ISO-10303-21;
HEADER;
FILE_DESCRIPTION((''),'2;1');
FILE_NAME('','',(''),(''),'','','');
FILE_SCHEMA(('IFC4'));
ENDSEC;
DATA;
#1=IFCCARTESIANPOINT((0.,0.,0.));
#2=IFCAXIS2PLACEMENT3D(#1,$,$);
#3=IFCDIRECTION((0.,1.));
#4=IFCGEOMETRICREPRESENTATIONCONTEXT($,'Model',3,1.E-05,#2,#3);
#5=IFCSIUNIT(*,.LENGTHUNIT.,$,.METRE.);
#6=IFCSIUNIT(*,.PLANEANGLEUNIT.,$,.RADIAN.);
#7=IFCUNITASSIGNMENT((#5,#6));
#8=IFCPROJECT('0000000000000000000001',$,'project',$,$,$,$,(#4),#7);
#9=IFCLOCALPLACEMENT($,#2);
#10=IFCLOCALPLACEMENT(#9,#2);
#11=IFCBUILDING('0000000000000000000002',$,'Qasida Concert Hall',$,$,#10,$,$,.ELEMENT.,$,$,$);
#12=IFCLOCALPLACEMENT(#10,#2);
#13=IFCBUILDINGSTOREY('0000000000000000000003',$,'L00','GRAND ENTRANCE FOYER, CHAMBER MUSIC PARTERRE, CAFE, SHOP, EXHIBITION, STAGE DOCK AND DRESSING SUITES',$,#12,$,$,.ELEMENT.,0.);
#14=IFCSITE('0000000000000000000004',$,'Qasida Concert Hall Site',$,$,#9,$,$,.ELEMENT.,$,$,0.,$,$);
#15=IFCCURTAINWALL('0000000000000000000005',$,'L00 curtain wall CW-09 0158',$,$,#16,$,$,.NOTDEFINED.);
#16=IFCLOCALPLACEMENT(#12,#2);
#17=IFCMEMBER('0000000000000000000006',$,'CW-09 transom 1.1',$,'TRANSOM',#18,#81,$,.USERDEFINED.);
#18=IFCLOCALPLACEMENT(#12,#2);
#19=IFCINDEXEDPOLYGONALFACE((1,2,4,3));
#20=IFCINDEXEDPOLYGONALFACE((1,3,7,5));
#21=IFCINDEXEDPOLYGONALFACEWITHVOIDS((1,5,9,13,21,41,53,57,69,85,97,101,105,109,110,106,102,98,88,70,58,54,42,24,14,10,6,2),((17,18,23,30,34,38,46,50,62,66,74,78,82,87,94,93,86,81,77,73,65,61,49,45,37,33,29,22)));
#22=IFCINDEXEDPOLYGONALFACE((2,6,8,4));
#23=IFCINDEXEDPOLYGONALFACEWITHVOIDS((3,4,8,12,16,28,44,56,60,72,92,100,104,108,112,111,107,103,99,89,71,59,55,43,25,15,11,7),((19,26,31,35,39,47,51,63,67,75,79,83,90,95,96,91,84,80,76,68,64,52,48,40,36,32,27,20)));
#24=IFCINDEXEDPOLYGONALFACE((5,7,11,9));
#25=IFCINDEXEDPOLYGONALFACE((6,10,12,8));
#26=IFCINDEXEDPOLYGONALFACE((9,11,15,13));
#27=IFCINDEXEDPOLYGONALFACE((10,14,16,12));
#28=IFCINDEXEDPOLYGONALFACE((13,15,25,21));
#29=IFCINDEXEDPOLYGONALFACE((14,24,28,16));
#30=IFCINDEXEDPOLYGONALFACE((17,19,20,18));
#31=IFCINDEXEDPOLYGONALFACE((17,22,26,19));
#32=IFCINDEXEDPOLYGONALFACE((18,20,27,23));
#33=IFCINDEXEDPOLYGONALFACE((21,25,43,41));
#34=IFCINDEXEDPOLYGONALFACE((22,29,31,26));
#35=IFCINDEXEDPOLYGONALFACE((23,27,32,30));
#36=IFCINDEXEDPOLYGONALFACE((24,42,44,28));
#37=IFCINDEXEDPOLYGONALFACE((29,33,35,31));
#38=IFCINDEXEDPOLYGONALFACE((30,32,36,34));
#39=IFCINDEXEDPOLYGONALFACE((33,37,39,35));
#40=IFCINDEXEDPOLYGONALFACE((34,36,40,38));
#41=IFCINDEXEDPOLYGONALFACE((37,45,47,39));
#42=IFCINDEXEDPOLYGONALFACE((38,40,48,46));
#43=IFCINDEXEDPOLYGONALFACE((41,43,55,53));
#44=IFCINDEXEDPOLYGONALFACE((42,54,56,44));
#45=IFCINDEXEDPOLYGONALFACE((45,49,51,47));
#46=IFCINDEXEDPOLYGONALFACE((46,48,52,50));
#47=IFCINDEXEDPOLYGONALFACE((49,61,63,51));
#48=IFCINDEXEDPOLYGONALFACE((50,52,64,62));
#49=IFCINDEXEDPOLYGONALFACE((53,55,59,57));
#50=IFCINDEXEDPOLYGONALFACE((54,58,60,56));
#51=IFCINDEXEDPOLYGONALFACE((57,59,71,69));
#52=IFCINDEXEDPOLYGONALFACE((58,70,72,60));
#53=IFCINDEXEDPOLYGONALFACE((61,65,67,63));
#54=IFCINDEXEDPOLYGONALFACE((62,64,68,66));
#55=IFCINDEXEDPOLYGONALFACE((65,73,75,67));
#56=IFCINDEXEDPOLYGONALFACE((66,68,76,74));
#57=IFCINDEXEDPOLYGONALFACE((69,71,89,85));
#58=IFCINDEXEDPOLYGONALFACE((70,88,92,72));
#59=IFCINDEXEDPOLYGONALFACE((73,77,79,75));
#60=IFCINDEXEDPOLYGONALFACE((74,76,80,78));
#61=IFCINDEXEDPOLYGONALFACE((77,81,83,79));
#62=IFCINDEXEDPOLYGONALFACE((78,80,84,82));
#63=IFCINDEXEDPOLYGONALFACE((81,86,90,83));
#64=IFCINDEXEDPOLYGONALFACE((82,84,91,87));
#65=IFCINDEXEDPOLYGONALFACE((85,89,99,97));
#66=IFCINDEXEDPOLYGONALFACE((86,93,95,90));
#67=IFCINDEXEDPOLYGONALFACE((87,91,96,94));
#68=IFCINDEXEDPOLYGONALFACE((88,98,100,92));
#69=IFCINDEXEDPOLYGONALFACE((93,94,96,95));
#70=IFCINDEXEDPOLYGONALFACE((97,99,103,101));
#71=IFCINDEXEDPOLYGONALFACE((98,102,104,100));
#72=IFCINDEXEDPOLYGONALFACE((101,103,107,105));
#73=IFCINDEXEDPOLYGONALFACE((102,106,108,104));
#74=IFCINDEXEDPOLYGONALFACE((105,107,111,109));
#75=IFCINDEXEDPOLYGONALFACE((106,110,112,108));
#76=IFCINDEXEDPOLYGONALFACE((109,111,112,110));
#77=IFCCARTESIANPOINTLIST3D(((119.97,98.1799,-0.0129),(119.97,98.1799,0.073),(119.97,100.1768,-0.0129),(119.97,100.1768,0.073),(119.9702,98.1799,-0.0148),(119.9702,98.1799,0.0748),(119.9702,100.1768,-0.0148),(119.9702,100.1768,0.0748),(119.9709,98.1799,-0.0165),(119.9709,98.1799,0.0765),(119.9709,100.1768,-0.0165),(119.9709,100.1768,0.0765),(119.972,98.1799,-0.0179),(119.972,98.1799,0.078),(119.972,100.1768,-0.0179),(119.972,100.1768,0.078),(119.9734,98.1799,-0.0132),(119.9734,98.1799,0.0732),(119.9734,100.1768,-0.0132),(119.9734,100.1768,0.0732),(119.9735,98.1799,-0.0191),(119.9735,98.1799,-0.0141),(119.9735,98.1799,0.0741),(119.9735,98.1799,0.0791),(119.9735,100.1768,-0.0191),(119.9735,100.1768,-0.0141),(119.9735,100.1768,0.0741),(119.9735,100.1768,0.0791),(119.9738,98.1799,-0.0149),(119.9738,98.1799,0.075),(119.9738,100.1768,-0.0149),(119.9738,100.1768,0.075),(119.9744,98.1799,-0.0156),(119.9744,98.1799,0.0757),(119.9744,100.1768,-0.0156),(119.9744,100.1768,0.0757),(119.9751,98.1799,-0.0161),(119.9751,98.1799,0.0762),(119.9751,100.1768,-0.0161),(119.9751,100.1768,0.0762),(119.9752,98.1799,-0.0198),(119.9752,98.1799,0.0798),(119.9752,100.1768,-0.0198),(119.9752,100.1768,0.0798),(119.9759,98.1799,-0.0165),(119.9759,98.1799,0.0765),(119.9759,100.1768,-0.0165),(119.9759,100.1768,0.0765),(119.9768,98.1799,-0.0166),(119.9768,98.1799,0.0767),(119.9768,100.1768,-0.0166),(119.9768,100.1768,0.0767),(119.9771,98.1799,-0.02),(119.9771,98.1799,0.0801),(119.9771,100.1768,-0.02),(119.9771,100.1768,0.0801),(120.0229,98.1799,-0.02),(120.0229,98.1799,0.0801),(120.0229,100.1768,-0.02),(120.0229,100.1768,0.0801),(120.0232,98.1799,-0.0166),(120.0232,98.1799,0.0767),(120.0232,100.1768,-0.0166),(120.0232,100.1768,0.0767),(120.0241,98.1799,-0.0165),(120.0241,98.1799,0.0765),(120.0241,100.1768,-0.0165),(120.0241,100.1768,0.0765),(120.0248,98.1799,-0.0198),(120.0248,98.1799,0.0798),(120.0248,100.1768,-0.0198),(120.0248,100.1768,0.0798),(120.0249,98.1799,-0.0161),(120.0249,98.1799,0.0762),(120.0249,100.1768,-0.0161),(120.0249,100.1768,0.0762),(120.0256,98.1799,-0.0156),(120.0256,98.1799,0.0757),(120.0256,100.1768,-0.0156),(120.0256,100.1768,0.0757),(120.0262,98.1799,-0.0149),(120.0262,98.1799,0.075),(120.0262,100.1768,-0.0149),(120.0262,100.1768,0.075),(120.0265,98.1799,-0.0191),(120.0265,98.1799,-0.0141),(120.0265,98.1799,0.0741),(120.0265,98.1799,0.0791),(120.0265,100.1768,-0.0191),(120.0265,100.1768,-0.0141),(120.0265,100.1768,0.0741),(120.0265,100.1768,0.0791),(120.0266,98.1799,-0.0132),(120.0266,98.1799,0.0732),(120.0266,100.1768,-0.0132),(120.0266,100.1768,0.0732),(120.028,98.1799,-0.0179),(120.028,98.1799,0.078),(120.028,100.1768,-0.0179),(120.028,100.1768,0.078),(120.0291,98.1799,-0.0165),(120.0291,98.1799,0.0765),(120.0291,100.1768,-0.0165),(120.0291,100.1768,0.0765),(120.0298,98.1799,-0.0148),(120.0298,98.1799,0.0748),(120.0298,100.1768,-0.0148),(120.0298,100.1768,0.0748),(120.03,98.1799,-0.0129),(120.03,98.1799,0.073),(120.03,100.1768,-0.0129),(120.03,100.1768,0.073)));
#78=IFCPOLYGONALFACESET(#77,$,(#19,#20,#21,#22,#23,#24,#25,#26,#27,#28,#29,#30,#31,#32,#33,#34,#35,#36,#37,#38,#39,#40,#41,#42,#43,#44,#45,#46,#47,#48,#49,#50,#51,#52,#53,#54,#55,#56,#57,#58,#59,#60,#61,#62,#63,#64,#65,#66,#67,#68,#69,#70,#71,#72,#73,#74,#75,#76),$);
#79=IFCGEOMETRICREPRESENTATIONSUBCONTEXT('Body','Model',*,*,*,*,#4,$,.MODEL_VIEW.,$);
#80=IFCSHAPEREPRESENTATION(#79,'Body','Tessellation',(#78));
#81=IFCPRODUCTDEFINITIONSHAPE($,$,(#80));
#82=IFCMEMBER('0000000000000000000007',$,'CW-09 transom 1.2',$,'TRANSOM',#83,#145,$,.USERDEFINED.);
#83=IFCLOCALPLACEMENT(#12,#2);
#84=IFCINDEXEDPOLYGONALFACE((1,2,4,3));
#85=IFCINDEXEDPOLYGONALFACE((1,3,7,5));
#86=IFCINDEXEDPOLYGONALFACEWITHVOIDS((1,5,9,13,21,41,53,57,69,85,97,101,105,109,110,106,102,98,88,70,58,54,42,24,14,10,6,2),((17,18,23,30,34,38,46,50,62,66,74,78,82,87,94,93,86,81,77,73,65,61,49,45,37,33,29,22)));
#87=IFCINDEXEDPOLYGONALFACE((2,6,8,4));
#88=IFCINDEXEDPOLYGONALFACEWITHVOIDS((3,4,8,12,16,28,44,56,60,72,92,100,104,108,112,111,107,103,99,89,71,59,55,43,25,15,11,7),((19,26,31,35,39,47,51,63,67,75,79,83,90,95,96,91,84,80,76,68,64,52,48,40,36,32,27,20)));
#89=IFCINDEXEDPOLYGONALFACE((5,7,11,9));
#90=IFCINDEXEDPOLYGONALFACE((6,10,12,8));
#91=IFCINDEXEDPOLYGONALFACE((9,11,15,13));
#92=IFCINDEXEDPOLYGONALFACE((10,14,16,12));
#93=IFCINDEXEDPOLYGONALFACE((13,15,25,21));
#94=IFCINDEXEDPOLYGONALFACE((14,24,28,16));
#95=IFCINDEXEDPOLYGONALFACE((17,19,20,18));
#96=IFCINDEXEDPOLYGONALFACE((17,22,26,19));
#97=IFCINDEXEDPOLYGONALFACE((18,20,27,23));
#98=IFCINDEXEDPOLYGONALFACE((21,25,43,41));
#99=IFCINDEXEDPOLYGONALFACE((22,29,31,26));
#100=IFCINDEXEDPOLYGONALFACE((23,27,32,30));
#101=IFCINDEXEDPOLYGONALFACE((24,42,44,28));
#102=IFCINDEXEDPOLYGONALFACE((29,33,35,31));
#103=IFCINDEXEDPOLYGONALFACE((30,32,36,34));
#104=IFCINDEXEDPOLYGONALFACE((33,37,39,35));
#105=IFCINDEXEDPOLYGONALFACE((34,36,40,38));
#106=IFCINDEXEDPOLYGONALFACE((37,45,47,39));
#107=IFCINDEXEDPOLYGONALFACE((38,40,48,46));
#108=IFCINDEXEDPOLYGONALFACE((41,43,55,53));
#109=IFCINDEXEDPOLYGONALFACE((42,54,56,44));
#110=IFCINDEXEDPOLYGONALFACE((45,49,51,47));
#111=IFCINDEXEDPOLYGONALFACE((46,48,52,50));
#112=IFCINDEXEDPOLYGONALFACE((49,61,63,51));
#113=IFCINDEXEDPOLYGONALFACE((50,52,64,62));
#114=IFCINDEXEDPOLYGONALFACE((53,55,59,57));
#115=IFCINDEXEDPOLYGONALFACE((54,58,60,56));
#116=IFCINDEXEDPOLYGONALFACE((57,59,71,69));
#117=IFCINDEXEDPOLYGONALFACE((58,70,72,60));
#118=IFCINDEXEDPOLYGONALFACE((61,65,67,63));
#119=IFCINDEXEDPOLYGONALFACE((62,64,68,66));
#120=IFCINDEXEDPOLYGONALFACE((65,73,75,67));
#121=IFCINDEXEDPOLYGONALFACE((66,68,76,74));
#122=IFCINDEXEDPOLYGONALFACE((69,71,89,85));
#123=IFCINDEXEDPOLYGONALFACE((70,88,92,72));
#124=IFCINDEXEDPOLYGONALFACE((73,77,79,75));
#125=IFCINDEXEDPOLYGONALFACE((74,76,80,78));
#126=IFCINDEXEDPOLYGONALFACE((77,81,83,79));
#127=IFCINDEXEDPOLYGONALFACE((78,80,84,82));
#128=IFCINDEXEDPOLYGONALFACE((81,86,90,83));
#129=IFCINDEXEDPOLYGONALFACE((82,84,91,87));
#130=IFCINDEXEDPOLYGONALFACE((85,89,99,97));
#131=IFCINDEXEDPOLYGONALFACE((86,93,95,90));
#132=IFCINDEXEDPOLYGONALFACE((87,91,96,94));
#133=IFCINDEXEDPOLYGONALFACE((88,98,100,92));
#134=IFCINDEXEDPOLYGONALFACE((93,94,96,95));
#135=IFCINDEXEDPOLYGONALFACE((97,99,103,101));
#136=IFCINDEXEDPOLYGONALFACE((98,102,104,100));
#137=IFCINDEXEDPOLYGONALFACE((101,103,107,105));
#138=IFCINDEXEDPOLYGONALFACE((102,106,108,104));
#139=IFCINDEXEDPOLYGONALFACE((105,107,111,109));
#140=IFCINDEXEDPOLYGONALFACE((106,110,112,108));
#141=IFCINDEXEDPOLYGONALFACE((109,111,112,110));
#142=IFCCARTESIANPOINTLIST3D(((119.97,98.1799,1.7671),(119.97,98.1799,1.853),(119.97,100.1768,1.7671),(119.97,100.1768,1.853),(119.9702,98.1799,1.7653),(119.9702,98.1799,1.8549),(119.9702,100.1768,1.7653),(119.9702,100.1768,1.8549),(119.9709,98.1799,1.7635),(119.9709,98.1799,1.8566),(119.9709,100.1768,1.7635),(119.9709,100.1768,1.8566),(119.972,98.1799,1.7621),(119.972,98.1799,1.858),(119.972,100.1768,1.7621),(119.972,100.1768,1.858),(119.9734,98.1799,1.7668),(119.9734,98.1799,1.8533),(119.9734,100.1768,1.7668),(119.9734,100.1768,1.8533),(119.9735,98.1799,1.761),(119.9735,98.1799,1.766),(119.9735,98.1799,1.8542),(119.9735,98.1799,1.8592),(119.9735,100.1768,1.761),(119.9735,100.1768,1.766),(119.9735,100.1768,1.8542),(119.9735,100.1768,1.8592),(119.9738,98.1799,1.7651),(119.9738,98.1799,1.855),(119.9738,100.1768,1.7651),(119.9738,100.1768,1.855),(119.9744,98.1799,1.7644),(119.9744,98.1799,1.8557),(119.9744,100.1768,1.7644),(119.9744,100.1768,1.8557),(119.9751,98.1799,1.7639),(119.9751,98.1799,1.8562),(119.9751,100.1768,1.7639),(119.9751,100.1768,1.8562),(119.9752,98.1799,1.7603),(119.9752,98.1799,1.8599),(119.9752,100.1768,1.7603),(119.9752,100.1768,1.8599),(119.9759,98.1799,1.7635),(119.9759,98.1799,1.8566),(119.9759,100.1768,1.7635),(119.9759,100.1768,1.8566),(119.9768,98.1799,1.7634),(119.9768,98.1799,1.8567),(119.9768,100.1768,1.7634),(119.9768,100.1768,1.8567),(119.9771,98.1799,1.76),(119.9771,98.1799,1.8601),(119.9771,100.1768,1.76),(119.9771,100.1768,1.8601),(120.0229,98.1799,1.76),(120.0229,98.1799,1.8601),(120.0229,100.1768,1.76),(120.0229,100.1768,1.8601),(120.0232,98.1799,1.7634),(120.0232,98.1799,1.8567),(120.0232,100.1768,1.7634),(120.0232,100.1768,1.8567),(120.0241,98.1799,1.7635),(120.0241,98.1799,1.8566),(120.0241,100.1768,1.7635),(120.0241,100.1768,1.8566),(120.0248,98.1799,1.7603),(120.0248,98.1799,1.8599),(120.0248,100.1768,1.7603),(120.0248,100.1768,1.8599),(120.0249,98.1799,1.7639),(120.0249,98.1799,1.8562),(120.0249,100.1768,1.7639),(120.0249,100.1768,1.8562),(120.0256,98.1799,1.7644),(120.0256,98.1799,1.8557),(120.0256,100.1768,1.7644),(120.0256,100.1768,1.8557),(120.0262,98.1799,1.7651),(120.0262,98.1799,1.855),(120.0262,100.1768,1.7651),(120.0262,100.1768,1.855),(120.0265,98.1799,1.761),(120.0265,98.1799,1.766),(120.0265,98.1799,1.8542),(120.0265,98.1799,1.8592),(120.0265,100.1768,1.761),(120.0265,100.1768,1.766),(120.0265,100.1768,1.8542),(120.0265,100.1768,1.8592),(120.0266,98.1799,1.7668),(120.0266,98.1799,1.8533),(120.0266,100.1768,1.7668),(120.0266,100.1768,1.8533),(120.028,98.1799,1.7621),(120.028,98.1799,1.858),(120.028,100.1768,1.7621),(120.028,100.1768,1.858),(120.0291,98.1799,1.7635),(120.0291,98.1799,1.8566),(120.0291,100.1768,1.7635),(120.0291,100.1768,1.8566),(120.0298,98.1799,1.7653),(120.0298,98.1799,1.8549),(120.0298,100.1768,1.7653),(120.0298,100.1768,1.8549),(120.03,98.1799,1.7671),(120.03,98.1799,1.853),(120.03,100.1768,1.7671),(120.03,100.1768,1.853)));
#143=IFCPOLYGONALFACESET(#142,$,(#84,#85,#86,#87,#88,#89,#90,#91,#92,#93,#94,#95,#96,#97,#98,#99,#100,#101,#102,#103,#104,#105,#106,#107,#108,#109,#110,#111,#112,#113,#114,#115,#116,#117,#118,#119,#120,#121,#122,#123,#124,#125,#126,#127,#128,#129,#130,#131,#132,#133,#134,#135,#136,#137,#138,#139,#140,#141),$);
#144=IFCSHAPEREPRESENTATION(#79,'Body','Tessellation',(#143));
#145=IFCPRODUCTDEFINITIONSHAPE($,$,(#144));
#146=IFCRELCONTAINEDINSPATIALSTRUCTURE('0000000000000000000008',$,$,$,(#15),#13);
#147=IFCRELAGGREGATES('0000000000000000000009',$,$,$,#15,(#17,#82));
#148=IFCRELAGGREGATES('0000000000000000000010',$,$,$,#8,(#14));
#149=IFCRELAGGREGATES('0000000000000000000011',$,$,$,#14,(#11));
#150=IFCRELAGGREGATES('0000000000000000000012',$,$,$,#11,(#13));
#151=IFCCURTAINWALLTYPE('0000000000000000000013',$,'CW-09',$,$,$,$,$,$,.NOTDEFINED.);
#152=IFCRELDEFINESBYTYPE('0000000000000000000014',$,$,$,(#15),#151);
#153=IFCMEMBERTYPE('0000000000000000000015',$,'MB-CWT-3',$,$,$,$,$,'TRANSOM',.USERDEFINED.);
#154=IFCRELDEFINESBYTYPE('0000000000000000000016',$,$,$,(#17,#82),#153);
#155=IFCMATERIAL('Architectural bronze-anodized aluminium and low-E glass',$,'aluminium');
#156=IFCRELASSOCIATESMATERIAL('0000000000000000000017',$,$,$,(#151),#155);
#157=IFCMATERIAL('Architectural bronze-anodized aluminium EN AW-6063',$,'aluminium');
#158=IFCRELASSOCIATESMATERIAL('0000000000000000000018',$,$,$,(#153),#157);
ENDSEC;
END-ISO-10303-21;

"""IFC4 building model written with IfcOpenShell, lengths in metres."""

from ifc_helpers import new_model, si_unit, direction, frame, origin, origin_2d, place, context, subcontext, project, spatial, hollow_rectangle, extrude, material, material_profile, profile_set, type_object, element, aggregate, save


model = new_model("IFC4")

# Units and contexts
model_context = context("Model", 3, precision=1e-05, world=origin(), true_north=direction((0.0, 1.0)))
body_context = subcontext(model_context, "Body", "Model", "MODEL_VIEW")
ifc_project = project(units=[si_unit("LENGTHUNIT", "METRE"), si_unit("PLANEANGLEUNIT", "RADIAN")], contexts=[model_context])

# Site, building, storey
site_placement = place(None, origin())
site = spatial("IfcSite", under=ifc_project, at=site_placement, Name="Qasida Concert Hall Site", CompositionType="ELEMENT", RefElevation=0.0)
building_placement = place(site_placement, origin())
building = spatial("IfcBuilding", under=site, at=building_placement, Name="Qasida Concert Hall", CompositionType="ELEMENT")
storey_placement = place(building_placement, origin())
storey = spatial("IfcBuildingStorey", under=building, at=storey_placement, Name="L00", Description="GRAND ENTRANCE FOYER, CHAMBER MUSIC PARTERRE, CAFE, SHOP, EXHIBITION, STAGE DOCK AND DRESSING SUITES", CompositionType="ELEMENT", Elevation=0.0)

# Curtain wall, members
ifc_material_1 = material(Name="Architectural bronze-anodized aluminium and low-E glass", Category="aluminium")
curtain_wall_type = type_object("IfcCurtainWallType", Name="CW-09", PredefinedType="NOTDEFINED", material=ifc_material_1)
curtain_wall_placement = place(storey_placement, origin())
curtain_wall = element("IfcCurtainWall", 1, at=curtain_wall_placement, inside=storey, type_object=curtain_wall_type, Name="L00 curtain wall CW-09 0158", PredefinedType="NOTDEFINED")
ifc_material_2 = material(Name="Architectural bronze-anodized aluminium EN AW-6063", Category="aluminium")
ifc_material_profile_1 = material_profile(ifc_material_2, hollow_rectangle(XDim=0.0601, YDim=0.1001, WallThickness=0.0034, InnerFilletRadius=0.0034, OuterFilletRadius=0.0071, at=origin_2d()), Name="CWT 100x60x3.5")
ifc_profile_set_1 = profile_set([ifc_material_profile_1], Name="Architectural bronze-anodized aluminium EN AW-6063")
member_type_1 = type_object("IfcMemberType", Name="MB-CWT-3", ElementType="TRANSOM", PredefinedType="USERDEFINED", material=ifc_profile_set_1)
member_1_placement = place(storey_placement, frame((120.0, 98.1799, 0.03), z_axis=(0.0, 1.0, 0.0), x_axis=(-1.0, 0.0, 0.0)))
member_1 = element("IfcMember", 2, at=member_1_placement, type_object=member_type_1, Name="CW-09 transom 1.1", ObjectType="TRANSOM", PredefinedType="USERDEFINED", context=body_context, shape_type="SweptSolid", body=[
    extrude(hollow_rectangle(XDim=0.0601, YDim=0.1001, WallThickness=0.0034, InnerFilletRadius=0.0034, OuterFilletRadius=0.0071, at=origin_2d()), origin(), (0.0, 0.0, 1.0), 1.9968),
])
member_2_placement = place(storey_placement, frame((120.0, 98.1799, 1.8101), z_axis=(0.0, 1.0, 0.0), x_axis=(-1.0, 0.0, 0.0)))
member_2 = element("IfcMember", 3, at=member_2_placement, type_object=member_type_1, Name="CW-09 transom 1.2", ObjectType="TRANSOM", PredefinedType="USERDEFINED", context=body_context, shape_type="SweptSolid", body=[
    extrude(hollow_rectangle(XDim=0.0601, YDim=0.1001, WallThickness=0.0034, InnerFilletRadius=0.0034, OuterFilletRadius=0.0071, at=origin_2d()), origin(), (0.0, 0.0, 1.0), 1.9968),
])
aggregate(curtain_wall, [member_1, member_2])

save(model, "model.ifc")
